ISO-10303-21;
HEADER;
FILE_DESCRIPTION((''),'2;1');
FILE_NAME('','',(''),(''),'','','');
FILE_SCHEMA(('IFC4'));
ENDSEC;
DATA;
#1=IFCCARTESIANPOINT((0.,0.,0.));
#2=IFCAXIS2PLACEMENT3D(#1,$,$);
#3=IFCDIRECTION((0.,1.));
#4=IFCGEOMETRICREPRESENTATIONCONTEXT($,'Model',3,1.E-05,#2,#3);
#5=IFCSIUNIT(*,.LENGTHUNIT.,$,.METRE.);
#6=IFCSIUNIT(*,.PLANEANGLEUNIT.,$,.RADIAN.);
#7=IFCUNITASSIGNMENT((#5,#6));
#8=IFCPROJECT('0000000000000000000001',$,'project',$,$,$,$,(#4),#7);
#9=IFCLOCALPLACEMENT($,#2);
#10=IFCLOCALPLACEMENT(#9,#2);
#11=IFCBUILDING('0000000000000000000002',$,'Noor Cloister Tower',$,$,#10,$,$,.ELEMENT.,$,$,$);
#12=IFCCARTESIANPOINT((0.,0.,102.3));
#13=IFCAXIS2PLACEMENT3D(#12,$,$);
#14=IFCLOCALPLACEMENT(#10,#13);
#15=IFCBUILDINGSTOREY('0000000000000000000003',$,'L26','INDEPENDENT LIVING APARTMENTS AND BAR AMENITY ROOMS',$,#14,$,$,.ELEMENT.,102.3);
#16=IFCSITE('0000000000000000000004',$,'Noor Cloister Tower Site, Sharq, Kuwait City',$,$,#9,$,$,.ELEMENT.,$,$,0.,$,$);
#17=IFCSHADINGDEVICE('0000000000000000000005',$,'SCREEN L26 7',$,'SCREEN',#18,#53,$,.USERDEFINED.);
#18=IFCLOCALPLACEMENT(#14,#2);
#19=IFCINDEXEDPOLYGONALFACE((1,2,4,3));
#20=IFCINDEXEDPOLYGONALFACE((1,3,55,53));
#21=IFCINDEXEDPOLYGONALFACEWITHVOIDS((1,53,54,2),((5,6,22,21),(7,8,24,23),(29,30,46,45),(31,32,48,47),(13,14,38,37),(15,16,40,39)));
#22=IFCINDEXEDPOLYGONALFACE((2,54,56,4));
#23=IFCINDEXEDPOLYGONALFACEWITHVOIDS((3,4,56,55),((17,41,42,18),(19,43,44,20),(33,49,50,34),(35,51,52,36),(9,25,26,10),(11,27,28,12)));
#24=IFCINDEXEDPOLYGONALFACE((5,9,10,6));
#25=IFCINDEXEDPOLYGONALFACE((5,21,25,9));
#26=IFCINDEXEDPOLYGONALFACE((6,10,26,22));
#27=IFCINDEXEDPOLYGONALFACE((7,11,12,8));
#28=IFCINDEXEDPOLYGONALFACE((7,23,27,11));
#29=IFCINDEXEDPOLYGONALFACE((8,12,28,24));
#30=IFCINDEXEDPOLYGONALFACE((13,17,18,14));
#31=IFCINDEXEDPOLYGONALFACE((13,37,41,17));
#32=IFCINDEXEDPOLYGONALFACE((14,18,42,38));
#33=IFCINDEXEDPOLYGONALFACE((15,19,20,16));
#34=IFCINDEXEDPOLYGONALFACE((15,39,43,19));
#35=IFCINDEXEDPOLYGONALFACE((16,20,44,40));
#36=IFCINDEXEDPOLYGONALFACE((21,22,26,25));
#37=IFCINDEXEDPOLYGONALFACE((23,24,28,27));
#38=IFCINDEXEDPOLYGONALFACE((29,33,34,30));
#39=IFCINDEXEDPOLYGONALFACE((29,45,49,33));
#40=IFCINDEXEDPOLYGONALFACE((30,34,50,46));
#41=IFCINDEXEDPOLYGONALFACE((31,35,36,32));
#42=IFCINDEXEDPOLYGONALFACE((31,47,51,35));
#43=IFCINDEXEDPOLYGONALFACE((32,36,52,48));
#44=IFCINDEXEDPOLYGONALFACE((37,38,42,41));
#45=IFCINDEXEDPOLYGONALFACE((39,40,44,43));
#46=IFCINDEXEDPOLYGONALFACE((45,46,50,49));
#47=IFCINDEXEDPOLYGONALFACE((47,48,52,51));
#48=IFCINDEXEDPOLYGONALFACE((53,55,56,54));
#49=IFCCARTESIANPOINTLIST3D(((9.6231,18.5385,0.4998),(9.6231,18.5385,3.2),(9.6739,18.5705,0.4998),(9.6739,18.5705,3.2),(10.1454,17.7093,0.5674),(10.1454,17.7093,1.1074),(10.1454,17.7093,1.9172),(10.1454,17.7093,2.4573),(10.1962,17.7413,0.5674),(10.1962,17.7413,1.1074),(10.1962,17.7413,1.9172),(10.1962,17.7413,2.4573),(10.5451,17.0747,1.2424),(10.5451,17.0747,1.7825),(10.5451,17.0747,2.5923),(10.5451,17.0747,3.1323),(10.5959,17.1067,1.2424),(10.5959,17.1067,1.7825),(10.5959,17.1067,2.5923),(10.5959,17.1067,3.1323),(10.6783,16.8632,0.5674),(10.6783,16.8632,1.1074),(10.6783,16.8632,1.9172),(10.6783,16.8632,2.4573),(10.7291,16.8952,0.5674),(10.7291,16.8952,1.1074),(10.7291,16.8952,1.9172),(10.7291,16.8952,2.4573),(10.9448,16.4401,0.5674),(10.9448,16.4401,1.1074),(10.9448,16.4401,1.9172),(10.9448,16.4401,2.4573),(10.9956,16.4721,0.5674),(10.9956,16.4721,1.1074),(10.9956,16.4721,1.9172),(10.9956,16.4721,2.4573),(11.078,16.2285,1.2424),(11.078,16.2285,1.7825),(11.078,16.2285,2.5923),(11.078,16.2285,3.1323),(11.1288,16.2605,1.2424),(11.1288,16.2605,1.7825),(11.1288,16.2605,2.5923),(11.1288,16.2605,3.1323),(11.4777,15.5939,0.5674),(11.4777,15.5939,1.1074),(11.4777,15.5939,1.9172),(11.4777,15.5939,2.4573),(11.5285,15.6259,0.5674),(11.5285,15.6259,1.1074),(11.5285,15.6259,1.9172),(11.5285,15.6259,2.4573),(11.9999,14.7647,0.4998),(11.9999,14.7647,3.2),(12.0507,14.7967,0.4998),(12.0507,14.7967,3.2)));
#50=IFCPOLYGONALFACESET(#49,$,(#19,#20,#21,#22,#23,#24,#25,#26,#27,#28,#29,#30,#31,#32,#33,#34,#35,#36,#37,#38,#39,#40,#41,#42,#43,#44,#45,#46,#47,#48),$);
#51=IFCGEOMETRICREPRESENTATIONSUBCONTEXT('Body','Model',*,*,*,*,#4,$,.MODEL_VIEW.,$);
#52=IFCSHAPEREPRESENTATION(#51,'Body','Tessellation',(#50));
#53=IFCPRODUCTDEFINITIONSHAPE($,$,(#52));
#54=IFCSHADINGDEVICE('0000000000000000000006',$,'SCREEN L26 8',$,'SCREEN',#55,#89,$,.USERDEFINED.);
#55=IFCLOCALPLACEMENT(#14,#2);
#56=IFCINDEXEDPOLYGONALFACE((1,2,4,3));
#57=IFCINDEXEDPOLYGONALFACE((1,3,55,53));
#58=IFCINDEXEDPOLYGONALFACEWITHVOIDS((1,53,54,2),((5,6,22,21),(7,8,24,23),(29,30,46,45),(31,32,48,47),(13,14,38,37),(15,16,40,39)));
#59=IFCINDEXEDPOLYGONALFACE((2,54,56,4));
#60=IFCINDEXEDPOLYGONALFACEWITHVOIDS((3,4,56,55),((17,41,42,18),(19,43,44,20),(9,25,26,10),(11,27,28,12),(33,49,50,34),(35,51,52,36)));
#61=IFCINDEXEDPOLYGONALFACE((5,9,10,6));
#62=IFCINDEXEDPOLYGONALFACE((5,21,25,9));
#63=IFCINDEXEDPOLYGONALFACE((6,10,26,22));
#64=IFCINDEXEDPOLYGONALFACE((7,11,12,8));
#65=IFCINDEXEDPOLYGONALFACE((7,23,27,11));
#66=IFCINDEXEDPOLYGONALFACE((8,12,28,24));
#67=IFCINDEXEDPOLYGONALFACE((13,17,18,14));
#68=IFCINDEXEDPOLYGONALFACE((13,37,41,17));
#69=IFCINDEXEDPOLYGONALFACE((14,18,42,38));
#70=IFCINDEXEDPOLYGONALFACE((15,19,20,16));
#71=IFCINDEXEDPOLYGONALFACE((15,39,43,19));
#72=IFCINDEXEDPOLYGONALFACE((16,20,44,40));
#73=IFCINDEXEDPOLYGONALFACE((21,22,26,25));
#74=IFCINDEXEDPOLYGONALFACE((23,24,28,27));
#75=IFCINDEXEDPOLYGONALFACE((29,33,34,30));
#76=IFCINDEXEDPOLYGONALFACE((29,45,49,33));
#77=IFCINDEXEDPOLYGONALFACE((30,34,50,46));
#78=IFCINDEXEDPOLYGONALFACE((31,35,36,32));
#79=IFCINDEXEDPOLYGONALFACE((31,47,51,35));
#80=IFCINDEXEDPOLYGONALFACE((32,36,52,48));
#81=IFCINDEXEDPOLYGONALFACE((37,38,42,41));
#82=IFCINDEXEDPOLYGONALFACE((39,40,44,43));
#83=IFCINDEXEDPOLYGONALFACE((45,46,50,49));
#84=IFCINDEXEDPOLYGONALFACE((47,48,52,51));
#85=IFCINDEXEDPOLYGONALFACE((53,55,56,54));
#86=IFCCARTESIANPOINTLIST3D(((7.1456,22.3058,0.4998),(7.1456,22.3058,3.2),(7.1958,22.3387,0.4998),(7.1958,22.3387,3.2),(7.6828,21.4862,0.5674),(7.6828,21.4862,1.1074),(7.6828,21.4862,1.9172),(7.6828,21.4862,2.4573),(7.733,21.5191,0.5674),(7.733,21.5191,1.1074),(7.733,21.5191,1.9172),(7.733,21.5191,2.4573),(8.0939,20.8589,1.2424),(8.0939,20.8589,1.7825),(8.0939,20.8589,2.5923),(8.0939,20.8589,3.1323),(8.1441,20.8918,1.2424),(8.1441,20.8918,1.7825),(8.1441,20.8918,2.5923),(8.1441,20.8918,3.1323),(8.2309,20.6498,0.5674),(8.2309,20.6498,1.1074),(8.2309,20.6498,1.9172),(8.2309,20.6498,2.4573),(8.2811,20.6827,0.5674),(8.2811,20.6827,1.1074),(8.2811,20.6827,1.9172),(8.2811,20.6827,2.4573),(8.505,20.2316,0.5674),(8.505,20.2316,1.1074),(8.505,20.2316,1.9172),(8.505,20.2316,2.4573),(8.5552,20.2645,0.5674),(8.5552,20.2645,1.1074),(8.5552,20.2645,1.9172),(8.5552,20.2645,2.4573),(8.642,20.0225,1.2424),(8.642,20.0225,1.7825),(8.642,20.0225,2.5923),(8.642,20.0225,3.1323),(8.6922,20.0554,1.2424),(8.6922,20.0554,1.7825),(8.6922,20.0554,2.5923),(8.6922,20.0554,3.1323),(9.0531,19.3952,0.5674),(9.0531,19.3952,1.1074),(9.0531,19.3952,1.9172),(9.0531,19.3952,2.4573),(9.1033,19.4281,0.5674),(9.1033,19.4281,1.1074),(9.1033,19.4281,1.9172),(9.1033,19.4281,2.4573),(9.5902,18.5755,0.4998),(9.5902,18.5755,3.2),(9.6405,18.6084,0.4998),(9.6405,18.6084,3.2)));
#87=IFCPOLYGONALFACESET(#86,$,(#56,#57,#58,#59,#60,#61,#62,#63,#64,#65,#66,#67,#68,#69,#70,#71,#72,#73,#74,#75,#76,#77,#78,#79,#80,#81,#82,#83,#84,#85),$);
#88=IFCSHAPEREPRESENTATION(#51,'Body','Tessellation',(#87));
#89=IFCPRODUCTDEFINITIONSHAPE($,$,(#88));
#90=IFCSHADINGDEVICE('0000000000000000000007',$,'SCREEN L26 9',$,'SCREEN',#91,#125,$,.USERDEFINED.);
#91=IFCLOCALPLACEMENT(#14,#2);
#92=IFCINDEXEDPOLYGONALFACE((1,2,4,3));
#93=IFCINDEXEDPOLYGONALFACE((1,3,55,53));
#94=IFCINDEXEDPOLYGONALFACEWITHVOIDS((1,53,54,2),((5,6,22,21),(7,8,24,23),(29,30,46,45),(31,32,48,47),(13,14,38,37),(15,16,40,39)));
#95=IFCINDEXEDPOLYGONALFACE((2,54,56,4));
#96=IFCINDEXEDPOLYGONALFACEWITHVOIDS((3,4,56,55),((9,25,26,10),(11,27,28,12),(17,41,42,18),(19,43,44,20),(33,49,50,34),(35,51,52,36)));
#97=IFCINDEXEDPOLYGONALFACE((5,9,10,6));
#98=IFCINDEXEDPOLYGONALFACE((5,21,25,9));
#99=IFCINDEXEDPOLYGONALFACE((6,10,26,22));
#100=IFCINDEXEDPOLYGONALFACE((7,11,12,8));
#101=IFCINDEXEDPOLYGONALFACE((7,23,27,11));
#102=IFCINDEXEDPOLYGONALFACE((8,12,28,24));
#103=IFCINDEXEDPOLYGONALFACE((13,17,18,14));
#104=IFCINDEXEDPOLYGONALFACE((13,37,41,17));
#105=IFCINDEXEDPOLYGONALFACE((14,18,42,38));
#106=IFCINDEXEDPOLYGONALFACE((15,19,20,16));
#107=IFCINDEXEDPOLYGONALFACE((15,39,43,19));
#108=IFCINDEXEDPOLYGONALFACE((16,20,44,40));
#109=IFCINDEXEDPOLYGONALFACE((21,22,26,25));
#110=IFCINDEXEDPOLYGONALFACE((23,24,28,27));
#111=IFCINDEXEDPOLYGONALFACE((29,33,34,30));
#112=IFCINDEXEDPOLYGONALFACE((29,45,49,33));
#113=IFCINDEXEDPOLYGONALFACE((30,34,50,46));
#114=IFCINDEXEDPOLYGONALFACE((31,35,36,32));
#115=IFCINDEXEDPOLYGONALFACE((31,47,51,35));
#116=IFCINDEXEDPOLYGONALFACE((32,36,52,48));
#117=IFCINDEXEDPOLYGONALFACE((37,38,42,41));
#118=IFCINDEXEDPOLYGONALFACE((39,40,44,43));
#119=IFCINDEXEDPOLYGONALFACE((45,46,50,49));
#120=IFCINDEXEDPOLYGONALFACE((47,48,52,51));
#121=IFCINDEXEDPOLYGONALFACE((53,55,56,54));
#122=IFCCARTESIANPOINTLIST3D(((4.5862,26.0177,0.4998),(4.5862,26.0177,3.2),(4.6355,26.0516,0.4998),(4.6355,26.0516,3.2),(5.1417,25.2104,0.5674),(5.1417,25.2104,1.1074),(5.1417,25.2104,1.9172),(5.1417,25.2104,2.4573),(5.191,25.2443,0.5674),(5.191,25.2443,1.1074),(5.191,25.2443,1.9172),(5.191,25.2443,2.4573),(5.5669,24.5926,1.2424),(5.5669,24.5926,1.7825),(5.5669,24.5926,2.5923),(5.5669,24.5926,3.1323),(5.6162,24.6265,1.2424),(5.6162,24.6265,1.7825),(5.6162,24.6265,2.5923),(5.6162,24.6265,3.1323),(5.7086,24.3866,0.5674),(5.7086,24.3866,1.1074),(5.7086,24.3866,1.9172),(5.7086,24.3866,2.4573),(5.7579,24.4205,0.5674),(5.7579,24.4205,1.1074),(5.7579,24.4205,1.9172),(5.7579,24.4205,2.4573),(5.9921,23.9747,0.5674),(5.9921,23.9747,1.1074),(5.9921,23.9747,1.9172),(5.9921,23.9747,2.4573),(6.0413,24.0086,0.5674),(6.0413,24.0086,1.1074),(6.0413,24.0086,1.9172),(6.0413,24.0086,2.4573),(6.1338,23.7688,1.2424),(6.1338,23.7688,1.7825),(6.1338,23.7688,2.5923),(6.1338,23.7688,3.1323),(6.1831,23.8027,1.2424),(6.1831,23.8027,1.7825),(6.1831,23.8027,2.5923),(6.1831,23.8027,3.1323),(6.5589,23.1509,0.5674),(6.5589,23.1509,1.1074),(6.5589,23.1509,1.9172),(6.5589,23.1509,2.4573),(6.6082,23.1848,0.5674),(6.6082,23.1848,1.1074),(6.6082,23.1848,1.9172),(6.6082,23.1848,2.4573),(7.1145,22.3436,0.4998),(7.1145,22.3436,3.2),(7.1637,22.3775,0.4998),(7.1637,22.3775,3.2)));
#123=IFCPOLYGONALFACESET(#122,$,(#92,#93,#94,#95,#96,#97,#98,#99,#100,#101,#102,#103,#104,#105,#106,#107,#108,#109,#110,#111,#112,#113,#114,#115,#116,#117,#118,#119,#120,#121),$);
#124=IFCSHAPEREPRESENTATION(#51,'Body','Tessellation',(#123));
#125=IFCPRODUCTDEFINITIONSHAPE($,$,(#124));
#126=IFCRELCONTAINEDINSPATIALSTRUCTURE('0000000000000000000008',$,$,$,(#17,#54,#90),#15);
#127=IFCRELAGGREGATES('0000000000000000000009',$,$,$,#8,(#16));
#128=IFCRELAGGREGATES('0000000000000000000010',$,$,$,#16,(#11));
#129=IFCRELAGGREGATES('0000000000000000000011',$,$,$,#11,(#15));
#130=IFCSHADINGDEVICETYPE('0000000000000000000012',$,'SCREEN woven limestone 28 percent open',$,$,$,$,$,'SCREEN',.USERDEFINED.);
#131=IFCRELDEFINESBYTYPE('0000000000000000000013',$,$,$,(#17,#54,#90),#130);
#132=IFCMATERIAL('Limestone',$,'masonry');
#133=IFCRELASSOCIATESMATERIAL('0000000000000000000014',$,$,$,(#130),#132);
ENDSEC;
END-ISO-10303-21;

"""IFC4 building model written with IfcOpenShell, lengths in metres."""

from ifc_helpers import new_model, si_unit, direction, frame, origin, place, context, subcontext, project, spatial, polyline, outline, extrude, material, material_profile, profile_set, type_object, element, save


model = new_model("IFC4")

# Units and contexts
model_context = context("Model", 3, precision=1e-05, world=origin(), true_north=direction((0.0, 1.0)))
body_context = subcontext(model_context, "Body", "Model", "MODEL_VIEW")
ifc_project = project(units=[si_unit("LENGTHUNIT", "METRE"), si_unit("PLANEANGLEUNIT", "RADIAN")], contexts=[model_context])

# Site, building, storey
site_placement = place(None, origin())
site = spatial("IfcSite", under=ifc_project, at=site_placement, Name="Noor Cloister Tower Site, Sharq, Kuwait City", CompositionType="ELEMENT", RefElevation=0.0)
building_placement = place(site_placement, origin())
building = spatial("IfcBuilding", under=site, at=building_placement, Name="Noor Cloister Tower", CompositionType="ELEMENT")
storey_placement = place(building_placement, frame((0.0, 0.0, 102.3)))
storey = spatial("IfcBuildingStorey", under=building, at=storey_placement, Name="L26", Description="INDEPENDENT LIVING APARTMENTS AND BAR AMENITY ROOMS", CompositionType="ELEMENT", Elevation=102.3)

# Shading devices
ifc_material_1 = material(Name="Limestone", Category="masonry")
ifc_material_profile_1 = material_profile(ifc_material_1, outline(polyline([(-2.23, -1.3501), (2.23, -1.3501), (2.23, 1.3501), (-2.23, 1.3501), (-2.23, -1.3501)]), holes=[polyline([(-1.25, -1.2825), (-0.25, -1.2825), (-0.25, -0.7424), (-1.25, -0.7424), (-1.25, -1.2825)]), polyline([(0.25, -1.2825), (1.25, -1.2825), (1.25, -0.7424), (0.25, -0.7424), (0.25, -1.2825)]), polyline([(-0.5, -0.6074), (0.5, -0.6074), (0.5, -0.0674), (-0.5, -0.0674), (-0.5, -0.6074)]), polyline([(-1.25, 0.0674), (-0.25, 0.0674), (-0.25, 0.6074), (-1.25, 0.6074), (-1.25, 0.0674)]), polyline([(0.25, 0.0674), (1.25, 0.0674), (1.25, 0.6074), (0.25, 0.6074), (0.25, 0.0674)]), polyline([(-0.5, 0.7424), (0.5, 0.7424), (0.5, 1.2825), (-0.5, 1.2825), (-0.5, 0.7424)])]), Name="Woven screen 28 percent open")
ifc_profile_set_1 = profile_set([ifc_material_profile_1], Name="Limestone")
shading_device_type = type_object("IfcShadingDeviceType", Name="SCREEN woven limestone 28 percent open", ElementType="SCREEN", PredefinedType="USERDEFINED", material=ifc_profile_set_1)
for number, where, z_axis, x_axis, name in (
    (1, (10.8115, 16.6516, 1.8499), (0.846165, 0.532921, 0.0), (-0.532921, 0.846165, 0.0), "SCREEN L26 7"),
    (2, (8.3679, 20.4407, 1.8499), (0.836397, 0.548124, 0.0), (-0.548124, 0.836397, 0.0), "SCREEN L26 8"),
):
    element("IfcShadingDevice", number, at=place(storey_placement, frame(where, z_axis=z_axis, x_axis=x_axis)), inside=storey, type_object=shading_device_type, Name=name, ObjectType="SCREEN", PredefinedType="USERDEFINED", context=body_context, shape_type="SweptSolid", body=[
        extrude(outline(polyline([(-2.23, -1.3501), (2.23, -1.3501), (2.23, 1.3501), (-2.23, 1.3501), (-2.23, -1.3501)]), holes=[polyline([(-1.25, -1.2825), (-0.25, -1.2825), (-0.25, -0.7424), (-1.25, -0.7424), (-1.25, -1.2825)]), polyline([(0.25, -1.2825), (1.25, -1.2825), (1.25, -0.7424), (0.25, -0.7424), (0.25, -1.2825)]), polyline([(-0.5, -0.6074), (0.5, -0.6074), (0.5, -0.0674), (-0.5, -0.0674), (-0.5, -0.6074)]), polyline([(-1.25, 0.0674), (-0.25, 0.0674), (-0.25, 0.6074), (-1.25, 0.6074), (-1.25, 0.0674)]), polyline([(0.25, 0.0674), (1.25, 0.0674), (1.25, 0.6074), (0.25, 0.6074), (0.25, 0.0674)]), polyline([(-0.5, 0.7424), (0.5, 0.7424), (0.5, 1.2825), (-0.5, 1.2825), (-0.5, 0.7424)])]), origin(), (0.0, 0.0, 1.0), 0.0601),
    ])
shading_device_1_placement = place(storey_placement, frame((5.8503, 24.1807, 1.8499), z_axis=(0.823804, 0.566875, 0.0), x_axis=(-0.566875, 0.823804, 0.0)))
element("IfcShadingDevice", 3, at=shading_device_1_placement, inside=storey, type_object=shading_device_type, Name="SCREEN L26 9", ObjectType="SCREEN", PredefinedType="USERDEFINED", context=body_context, shape_type="SweptSolid", body=[
    extrude(outline(polyline([(-2.23, -1.3501), (2.23, -1.3501), (2.23, 1.3501), (-2.23, 1.3501), (-2.23, -1.3501)]), holes=[polyline([(-1.25, -1.2825), (-0.25, -1.2825), (-0.25, -0.7424), (-1.25, -0.7424), (-1.25, -1.2825)]), polyline([(0.25, -1.2825), (1.25, -1.2825), (1.25, -0.7424), (0.25, -0.7424), (0.25, -1.2825)]), polyline([(-0.5, -0.6074), (0.5, -0.6074), (0.5, -0.0674), (-0.5, -0.0674), (-0.5, -0.6074)]), polyline([(-1.25, 0.0674), (-0.25, 0.0674), (-0.25, 0.6074), (-1.25, 0.6074), (-1.25, 0.0674)]), polyline([(0.25, 0.0674), (1.25, 0.0674), (1.25, 0.6074), (0.25, 0.6074), (0.25, 0.0674)]), polyline([(-0.5, 0.7424), (0.5, 0.7424), (0.5, 1.2825), (-0.5, 1.2825), (-0.5, 0.7424)])]), origin(), (0.0, 0.0, 1.0), 0.0598),
])

save(model, "model.ifc")
